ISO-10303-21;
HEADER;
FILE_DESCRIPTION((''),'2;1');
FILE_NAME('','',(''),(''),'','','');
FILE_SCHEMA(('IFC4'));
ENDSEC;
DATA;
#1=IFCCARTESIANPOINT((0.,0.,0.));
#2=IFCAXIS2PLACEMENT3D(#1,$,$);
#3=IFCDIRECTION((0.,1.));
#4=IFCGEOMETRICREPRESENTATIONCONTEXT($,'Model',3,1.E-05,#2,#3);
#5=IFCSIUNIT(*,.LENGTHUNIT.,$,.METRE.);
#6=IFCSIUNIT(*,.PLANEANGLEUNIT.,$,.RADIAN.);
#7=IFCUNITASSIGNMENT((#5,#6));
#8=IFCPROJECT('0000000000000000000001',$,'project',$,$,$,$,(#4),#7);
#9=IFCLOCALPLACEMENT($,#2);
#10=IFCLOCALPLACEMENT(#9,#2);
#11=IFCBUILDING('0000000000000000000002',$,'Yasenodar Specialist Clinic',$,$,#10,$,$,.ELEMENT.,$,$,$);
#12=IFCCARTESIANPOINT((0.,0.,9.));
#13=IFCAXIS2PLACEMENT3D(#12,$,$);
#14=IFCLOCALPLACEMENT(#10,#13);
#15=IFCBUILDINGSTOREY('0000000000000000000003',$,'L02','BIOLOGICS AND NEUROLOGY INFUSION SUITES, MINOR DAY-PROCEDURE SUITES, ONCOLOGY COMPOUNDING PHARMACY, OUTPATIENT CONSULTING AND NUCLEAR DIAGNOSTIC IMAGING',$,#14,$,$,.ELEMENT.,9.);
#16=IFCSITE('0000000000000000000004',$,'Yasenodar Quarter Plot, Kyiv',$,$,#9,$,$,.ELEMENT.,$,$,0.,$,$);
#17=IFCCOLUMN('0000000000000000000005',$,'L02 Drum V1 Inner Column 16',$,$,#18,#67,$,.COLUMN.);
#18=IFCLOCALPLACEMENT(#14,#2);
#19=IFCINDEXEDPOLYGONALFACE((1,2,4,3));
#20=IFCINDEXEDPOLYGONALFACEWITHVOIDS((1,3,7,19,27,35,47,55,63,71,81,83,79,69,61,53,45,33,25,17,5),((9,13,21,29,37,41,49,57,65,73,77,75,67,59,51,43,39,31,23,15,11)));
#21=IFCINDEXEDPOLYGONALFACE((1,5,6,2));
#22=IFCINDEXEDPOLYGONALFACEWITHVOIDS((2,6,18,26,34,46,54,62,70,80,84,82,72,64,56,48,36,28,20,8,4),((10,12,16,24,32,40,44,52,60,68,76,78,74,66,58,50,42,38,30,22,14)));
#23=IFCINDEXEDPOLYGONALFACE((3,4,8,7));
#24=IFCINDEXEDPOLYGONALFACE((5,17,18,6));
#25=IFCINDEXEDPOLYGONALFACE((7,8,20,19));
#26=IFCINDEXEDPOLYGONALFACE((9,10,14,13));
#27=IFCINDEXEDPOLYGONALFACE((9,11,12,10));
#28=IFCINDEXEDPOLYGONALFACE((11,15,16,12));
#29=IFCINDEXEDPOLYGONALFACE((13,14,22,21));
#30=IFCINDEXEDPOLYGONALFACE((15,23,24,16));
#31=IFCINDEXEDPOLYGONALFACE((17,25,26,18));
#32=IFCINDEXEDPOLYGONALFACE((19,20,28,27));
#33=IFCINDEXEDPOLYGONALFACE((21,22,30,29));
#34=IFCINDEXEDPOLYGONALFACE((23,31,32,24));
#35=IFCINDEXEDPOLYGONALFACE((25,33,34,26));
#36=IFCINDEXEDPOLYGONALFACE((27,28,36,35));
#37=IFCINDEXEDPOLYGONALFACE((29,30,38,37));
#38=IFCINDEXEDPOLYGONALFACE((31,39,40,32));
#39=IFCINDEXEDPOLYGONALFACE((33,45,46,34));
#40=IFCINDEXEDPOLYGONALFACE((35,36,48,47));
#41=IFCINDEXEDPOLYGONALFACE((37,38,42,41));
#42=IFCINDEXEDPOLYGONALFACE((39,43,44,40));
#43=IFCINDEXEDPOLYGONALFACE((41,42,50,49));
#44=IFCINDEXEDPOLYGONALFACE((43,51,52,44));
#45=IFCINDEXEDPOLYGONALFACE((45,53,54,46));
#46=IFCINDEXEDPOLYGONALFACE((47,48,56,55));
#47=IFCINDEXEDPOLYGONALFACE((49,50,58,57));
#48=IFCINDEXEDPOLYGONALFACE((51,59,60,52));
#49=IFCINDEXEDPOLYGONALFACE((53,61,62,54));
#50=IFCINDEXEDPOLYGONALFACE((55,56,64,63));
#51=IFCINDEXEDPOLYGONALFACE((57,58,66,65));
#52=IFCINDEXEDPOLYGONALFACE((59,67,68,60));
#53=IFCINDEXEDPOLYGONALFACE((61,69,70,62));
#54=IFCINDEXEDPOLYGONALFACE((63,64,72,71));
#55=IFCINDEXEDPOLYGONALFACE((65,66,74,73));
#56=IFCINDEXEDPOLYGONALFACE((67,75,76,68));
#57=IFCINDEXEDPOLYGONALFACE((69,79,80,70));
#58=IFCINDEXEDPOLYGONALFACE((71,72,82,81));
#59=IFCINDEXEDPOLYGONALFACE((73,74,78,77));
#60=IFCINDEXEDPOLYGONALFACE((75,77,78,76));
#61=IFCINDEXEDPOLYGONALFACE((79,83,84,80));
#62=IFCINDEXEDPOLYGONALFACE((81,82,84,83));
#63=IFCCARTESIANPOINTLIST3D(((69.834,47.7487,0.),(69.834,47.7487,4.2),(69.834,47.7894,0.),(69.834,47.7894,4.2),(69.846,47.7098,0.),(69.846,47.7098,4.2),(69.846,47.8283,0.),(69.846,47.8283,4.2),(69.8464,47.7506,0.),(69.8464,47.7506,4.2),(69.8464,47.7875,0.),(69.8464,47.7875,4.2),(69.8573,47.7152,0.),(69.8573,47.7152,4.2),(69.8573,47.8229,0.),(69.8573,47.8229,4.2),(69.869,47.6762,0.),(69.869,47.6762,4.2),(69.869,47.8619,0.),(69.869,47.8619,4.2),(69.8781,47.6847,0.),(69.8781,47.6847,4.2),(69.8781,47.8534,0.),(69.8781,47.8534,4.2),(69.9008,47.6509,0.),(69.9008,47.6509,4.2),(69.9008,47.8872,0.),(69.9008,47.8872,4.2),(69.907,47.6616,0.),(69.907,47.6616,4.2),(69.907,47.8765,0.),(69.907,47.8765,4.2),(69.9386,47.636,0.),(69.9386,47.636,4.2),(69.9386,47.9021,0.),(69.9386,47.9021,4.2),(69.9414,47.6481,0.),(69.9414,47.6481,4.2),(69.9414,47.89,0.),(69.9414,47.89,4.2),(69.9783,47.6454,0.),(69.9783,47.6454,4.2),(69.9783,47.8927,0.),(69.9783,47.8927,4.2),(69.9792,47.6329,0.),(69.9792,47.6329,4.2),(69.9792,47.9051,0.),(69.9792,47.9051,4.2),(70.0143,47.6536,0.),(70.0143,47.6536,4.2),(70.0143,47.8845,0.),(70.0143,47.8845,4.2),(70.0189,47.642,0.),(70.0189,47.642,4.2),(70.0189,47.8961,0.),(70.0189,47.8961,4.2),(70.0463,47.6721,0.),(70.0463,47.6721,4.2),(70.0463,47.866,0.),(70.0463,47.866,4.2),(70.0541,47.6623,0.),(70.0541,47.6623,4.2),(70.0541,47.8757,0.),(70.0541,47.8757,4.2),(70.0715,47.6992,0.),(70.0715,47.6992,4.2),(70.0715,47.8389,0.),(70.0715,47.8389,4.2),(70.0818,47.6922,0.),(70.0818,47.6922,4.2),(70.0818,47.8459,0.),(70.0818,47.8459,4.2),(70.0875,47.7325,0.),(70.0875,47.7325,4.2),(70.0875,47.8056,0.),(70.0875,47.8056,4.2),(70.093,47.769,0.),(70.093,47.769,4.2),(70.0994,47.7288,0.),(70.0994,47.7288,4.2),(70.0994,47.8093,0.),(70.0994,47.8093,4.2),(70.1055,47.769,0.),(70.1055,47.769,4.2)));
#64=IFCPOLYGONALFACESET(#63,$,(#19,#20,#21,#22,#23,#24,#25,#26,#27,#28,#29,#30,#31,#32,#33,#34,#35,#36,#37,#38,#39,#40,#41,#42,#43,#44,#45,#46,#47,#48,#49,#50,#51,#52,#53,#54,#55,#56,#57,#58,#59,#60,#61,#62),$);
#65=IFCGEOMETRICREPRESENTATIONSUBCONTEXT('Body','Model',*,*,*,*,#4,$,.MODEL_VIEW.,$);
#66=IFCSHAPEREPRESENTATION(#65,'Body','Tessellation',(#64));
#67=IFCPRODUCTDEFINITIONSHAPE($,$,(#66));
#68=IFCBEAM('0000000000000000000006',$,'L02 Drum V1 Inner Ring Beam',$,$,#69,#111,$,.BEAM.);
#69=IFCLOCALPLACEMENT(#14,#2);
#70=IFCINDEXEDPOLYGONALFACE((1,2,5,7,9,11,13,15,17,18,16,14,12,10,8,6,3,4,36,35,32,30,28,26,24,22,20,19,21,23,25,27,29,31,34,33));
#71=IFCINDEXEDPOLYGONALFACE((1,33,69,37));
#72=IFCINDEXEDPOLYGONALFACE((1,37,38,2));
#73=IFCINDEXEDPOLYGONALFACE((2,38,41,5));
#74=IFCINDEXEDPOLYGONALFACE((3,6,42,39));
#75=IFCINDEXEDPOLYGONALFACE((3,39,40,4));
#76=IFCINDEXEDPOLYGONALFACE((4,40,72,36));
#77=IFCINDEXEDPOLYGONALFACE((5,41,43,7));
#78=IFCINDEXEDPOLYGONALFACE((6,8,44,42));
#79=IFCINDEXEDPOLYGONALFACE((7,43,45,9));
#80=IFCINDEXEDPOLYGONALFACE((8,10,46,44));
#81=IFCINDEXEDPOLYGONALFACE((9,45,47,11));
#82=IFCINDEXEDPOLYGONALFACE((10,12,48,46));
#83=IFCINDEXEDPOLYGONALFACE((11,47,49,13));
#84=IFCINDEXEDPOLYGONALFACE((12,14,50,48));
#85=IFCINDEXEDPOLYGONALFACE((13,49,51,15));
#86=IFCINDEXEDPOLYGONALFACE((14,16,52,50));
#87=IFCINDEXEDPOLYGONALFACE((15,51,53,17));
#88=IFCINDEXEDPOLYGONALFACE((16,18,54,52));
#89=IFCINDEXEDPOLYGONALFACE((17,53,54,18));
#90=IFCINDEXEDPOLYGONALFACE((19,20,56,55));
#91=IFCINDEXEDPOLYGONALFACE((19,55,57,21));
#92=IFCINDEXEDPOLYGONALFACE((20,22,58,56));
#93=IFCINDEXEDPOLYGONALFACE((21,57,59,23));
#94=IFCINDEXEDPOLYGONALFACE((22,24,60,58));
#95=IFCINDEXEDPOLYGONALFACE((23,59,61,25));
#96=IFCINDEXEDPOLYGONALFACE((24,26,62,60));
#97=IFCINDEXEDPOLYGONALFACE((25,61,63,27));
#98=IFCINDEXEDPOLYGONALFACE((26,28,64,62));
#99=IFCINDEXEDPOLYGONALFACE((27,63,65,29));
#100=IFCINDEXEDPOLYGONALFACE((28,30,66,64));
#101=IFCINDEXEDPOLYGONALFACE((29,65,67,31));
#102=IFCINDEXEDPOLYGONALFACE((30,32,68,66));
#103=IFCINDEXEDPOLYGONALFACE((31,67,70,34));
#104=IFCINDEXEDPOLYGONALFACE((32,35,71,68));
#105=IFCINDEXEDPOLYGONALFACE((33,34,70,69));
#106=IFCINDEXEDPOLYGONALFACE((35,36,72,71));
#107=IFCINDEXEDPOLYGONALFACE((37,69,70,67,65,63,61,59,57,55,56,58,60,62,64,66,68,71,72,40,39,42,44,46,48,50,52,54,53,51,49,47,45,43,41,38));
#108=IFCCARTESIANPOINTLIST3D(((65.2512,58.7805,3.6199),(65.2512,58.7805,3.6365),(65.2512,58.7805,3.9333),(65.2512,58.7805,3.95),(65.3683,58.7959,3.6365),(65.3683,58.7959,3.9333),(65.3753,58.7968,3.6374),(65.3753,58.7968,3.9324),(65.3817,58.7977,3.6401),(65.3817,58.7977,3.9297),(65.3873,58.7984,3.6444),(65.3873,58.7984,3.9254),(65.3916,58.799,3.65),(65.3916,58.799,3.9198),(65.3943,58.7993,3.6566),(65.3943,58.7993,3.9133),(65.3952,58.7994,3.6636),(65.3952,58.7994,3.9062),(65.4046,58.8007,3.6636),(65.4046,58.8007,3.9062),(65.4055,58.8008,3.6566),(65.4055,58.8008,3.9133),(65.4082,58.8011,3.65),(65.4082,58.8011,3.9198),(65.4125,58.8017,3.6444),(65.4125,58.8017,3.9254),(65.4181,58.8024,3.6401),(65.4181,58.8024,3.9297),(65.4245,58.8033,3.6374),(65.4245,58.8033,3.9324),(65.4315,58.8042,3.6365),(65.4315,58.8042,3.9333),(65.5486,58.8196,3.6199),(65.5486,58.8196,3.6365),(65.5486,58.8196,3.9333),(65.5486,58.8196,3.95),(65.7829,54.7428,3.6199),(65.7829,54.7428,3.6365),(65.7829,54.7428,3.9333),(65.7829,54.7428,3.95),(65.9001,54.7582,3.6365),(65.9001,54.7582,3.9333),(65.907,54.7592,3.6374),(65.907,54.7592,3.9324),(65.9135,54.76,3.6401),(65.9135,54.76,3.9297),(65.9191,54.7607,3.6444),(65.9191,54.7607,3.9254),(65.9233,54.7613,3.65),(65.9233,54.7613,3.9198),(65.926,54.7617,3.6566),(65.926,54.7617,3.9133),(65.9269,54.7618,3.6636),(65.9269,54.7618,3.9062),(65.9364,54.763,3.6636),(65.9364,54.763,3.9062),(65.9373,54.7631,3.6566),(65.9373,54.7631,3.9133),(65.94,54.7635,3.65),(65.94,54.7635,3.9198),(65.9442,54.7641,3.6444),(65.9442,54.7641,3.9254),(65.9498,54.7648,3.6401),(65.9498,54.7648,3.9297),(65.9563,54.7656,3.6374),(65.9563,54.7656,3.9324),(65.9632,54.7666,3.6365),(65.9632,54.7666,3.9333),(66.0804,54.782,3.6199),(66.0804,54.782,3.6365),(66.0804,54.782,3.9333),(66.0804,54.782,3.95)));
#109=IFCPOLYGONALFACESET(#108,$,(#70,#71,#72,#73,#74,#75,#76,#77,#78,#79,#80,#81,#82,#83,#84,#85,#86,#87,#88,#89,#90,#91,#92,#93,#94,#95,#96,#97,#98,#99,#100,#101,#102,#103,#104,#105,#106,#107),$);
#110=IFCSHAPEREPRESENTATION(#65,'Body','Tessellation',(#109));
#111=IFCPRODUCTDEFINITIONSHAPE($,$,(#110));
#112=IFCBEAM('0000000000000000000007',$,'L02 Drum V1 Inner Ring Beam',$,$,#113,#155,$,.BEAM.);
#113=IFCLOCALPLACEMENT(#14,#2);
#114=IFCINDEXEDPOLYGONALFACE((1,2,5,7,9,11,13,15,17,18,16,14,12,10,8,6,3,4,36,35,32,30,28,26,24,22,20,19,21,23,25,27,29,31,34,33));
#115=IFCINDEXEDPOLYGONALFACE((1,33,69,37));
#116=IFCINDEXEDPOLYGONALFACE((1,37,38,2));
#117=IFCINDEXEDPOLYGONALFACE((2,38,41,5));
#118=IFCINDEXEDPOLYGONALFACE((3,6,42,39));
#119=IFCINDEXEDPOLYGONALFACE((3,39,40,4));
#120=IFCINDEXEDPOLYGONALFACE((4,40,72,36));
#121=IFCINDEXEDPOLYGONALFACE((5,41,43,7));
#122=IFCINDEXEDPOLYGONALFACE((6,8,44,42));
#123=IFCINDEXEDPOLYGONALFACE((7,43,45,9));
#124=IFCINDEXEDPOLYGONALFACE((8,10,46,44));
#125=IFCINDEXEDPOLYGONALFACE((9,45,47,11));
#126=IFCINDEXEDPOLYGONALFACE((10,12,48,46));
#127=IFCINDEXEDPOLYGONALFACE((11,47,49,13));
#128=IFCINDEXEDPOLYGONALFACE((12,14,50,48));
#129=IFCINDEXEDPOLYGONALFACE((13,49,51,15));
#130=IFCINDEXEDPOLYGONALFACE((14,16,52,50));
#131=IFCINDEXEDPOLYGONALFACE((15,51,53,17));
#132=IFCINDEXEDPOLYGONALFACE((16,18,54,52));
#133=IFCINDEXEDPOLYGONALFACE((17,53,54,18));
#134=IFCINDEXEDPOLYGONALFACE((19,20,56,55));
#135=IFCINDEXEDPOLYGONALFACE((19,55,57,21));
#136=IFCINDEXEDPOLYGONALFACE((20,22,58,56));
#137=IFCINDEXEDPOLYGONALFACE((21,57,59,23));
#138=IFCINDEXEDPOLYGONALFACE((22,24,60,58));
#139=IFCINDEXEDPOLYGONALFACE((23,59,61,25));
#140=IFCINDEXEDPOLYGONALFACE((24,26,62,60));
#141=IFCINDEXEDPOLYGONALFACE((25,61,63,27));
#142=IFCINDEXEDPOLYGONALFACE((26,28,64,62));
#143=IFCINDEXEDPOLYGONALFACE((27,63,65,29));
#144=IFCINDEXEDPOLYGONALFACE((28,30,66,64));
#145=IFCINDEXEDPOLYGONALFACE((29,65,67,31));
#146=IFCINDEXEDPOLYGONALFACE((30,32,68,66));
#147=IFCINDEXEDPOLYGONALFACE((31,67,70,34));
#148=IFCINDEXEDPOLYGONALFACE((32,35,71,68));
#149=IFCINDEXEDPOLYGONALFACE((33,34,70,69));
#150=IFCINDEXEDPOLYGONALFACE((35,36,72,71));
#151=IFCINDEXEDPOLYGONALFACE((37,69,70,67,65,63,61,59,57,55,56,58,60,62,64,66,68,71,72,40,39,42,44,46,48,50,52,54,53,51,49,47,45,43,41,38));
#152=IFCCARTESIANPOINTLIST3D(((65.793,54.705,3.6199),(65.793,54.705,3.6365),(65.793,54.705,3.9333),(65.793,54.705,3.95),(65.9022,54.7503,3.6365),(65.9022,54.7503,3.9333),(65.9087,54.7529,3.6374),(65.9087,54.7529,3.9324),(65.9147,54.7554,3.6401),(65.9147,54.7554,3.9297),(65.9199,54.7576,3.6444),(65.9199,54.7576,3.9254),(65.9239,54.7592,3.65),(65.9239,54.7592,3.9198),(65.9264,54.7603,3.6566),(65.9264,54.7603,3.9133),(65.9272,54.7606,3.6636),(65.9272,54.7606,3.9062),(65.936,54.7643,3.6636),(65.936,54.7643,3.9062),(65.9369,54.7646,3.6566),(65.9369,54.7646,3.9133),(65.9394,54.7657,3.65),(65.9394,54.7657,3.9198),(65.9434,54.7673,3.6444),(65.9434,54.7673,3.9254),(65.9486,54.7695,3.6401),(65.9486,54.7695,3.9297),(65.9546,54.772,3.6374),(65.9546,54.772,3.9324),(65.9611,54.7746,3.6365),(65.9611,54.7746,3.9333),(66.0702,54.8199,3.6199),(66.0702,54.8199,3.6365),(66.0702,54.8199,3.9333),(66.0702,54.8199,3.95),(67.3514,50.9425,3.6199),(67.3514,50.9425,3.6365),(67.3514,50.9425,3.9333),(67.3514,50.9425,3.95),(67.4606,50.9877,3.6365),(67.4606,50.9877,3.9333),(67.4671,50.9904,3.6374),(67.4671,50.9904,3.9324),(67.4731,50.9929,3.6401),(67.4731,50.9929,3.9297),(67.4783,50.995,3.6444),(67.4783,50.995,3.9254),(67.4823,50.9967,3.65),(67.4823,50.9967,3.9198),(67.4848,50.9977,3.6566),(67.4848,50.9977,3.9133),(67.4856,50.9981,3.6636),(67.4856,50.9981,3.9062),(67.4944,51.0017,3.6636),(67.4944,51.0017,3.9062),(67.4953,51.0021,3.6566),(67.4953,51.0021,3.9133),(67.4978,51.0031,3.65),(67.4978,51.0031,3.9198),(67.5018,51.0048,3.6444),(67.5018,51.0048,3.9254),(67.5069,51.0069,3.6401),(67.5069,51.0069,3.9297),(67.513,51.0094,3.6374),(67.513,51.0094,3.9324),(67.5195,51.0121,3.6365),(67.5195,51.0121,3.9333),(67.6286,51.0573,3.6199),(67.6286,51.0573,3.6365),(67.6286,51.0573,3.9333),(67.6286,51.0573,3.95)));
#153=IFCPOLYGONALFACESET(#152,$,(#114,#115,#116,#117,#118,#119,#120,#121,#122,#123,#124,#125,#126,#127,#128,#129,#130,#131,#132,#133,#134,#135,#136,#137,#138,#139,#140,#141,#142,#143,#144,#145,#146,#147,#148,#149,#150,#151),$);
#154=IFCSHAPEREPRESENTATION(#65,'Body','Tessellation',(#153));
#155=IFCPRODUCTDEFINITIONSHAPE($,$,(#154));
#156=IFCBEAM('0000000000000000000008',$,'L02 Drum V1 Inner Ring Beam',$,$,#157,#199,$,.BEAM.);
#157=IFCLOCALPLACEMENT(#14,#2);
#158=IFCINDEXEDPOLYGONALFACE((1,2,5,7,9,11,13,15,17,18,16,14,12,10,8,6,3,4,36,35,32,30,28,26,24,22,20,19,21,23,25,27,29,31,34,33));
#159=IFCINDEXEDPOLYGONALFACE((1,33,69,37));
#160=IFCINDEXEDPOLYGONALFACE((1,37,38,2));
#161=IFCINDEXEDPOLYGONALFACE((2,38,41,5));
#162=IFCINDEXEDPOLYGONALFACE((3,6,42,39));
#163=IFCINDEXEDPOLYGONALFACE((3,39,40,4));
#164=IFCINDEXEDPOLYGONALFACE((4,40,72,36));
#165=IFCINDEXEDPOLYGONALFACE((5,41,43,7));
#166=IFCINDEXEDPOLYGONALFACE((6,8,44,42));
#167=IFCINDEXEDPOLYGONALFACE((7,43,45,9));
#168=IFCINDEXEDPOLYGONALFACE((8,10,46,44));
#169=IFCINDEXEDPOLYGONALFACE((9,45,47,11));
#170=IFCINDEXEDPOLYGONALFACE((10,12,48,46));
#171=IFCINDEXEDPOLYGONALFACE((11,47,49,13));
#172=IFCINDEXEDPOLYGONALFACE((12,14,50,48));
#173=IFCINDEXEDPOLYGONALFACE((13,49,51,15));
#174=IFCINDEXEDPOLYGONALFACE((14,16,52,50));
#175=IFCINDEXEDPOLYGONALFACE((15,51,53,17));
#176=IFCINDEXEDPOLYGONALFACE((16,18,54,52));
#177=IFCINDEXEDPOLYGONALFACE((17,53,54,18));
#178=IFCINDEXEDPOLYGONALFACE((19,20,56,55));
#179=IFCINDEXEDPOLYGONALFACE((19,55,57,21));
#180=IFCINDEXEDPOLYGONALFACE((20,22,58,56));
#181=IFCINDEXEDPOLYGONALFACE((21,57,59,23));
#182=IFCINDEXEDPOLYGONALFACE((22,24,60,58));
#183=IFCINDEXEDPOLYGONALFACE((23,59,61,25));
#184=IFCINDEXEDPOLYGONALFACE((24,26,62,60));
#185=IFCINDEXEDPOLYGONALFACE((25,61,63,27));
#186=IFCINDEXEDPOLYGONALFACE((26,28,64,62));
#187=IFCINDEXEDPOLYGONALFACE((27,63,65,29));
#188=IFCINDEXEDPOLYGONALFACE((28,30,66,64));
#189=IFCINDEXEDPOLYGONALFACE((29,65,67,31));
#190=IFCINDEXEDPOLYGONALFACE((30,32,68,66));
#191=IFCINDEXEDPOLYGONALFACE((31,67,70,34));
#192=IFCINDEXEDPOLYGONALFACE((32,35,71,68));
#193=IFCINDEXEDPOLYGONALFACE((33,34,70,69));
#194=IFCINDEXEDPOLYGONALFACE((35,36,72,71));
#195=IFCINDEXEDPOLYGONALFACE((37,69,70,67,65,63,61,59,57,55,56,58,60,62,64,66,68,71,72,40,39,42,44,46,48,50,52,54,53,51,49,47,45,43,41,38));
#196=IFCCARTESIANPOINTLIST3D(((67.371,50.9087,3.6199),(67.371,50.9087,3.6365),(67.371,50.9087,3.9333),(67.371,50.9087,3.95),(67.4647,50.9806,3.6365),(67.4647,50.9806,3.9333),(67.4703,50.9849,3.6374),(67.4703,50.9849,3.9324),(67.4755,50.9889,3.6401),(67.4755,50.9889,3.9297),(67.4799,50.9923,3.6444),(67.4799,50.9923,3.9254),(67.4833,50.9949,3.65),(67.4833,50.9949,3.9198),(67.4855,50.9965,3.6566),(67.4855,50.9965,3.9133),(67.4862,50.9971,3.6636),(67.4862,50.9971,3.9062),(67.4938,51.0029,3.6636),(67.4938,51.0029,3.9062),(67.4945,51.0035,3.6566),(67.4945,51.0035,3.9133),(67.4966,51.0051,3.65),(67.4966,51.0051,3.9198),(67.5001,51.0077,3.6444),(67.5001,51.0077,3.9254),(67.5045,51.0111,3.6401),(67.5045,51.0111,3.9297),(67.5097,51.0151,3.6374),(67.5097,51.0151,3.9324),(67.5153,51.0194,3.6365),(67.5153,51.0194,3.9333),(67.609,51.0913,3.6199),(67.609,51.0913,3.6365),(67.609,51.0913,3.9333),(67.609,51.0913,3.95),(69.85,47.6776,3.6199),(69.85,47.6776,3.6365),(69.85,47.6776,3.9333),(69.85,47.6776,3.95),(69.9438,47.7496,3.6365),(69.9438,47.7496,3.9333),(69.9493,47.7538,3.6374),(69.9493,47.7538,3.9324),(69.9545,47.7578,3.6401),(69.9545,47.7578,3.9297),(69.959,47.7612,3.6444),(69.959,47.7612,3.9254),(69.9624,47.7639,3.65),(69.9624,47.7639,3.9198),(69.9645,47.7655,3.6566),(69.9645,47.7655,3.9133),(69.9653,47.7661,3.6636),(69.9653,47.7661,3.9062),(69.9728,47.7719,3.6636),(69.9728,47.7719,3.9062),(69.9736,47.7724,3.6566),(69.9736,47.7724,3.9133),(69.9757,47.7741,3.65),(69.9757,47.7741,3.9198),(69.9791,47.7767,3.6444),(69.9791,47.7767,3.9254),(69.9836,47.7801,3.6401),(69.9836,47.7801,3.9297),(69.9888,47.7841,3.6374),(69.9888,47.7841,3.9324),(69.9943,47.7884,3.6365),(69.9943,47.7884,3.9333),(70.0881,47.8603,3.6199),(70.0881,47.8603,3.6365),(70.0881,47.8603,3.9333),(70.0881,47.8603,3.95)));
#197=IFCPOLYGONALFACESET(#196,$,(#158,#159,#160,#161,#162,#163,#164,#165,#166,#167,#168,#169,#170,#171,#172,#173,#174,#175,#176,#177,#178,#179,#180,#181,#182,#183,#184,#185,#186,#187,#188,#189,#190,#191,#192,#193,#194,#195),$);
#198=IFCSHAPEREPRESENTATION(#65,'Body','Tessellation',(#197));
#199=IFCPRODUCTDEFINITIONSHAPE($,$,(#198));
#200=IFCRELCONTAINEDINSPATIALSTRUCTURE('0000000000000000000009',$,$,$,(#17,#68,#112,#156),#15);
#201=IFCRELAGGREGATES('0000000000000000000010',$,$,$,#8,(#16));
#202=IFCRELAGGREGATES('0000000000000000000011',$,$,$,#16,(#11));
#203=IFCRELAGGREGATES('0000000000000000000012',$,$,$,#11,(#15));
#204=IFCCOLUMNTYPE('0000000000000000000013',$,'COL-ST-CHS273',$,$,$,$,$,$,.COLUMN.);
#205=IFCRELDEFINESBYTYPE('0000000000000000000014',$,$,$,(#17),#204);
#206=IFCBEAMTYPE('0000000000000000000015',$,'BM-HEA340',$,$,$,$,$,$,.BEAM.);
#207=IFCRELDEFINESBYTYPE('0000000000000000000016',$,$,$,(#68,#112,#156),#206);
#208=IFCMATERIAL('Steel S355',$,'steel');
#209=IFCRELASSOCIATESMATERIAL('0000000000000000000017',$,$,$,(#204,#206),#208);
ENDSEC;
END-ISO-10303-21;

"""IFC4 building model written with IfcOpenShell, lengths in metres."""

from ifc_helpers import new_model, si_unit, direction, frame, origin, origin_2d, place, context, subcontext, project, spatial, hollow_circle, i_section, extrude, material, material_profile, profile_set, type_object, element, save


model = new_model("IFC4")

# Units and contexts
model_context = context("Model", 3, precision=1e-05, world=origin(), true_north=direction((0.0, 1.0)))
body_context = subcontext(model_context, "Body", "Model", "MODEL_VIEW")
ifc_project = project(units=[si_unit("LENGTHUNIT", "METRE"), si_unit("PLANEANGLEUNIT", "RADIAN")], contexts=[model_context])

# Site, building, storey
site_placement = place(None, origin())
site = spatial("IfcSite", under=ifc_project, at=site_placement, Name="Yasenodar Quarter Plot, Kyiv", CompositionType="ELEMENT", RefElevation=0.0)
building_placement = place(site_placement, origin())
building = spatial("IfcBuilding", under=site, at=building_placement, Name="Yasenodar Specialist Clinic", CompositionType="ELEMENT")
storey_placement = place(building_placement, frame((0.0, 0.0, 9.0)))
storey = spatial("IfcBuildingStorey", under=building, at=storey_placement, Name="L02", Description="BIOLOGICS AND NEUROLOGY INFUSION SUITES, MINOR DAY-PROCEDURE SUITES, ONCOLOGY COMPOUNDING PHARMACY, OUTPATIENT CONSULTING AND NUCLEAR DIAGNOSTIC IMAGING", CompositionType="ELEMENT", Elevation=9.0)

# Column
ifc_material_1 = material(Name="Steel S355", Category="steel")
ifc_material_profile_1 = material_profile(ifc_material_1, hollow_circle(Radius=0.1365, WallThickness=0.0125, at=origin_2d()), Name="CHS 273x12.5")
ifc_profile_set_1 = profile_set([ifc_material_profile_1], Name="Steel S355")
column_type = type_object("IfcColumnType", Name="COL-ST-CHS273", PredefinedType="COLUMN", material=ifc_profile_set_1)
for number, where, z_axis, x_axis, name in (
    (1, (69.969, 47.769, 0.0), (0.0, 0.0, 1.0), (1.0, 0.0, 0.0), "L02 Drum V1 Inner Column 16"),
):
    element("IfcColumn", number, at=place(storey_placement, frame(where, z_axis=z_axis, x_axis=x_axis)), inside=storey, type_object=column_type, Name=name, PredefinedType="COLUMN", context=body_context, shape_type="SweptSolid", body=[
        extrude(hollow_circle(Radius=0.1365, WallThickness=0.0125, at=origin_2d()), origin(), (0.0, 0.0, 1.0), 4.2),
    ])

# Beams
ifc_material_profile_2 = material_profile(ifc_material_1, i_section(OverallWidth=0.3, OverallDepth=0.3301, WebThickness=0.0095, FlangeThickness=0.0166, FilletRadius=0.0271, at=origin_2d()), Name="HEA 340")
ifc_profile_set_2 = profile_set([ifc_material_profile_2], Name="Steel S355")
beam_type_1 = type_object("IfcBeamType", Name="BM-HEA340", PredefinedType="BEAM", material=ifc_profile_set_2)
for number, where, z_axis, x_axis, name in (
    (2, (65.3999, 58.8, 3.7849), (0.130569, -0.991439, 0.0), (0.991439, 0.130569, 0.0), "L02 Drum V1 Inner Ring Beam"),
    (3, (65.9316, 54.7625, 3.7849), (0.382661, -0.923889, 0.0), (0.923889, 0.382661, 0.0), "L02 Drum V1 Inner Ring Beam"),
    (4, (67.49, 51.0, 3.7849), (0.608731, -0.793377, 0.0), (0.793377, 0.608731, 0.0), "L02 Drum V1 Inner Ring Beam"),
):
    element("IfcBeam", number, at=place(storey_placement, frame(where, z_axis=z_axis, x_axis=x_axis)), inside=storey, type_object=beam_type_1, Name=name, PredefinedType="BEAM", context=body_context, shape_type="SweptSolid", body=[
        extrude(i_section(OverallWidth=0.3, OverallDepth=0.3301, WebThickness=0.0095, FlangeThickness=0.0166, FilletRadius=0.0271, at=origin_2d()), origin(), (0.0, 0.0, 1.0), 4.0725),
    ])

save(model, "model.ifc")
